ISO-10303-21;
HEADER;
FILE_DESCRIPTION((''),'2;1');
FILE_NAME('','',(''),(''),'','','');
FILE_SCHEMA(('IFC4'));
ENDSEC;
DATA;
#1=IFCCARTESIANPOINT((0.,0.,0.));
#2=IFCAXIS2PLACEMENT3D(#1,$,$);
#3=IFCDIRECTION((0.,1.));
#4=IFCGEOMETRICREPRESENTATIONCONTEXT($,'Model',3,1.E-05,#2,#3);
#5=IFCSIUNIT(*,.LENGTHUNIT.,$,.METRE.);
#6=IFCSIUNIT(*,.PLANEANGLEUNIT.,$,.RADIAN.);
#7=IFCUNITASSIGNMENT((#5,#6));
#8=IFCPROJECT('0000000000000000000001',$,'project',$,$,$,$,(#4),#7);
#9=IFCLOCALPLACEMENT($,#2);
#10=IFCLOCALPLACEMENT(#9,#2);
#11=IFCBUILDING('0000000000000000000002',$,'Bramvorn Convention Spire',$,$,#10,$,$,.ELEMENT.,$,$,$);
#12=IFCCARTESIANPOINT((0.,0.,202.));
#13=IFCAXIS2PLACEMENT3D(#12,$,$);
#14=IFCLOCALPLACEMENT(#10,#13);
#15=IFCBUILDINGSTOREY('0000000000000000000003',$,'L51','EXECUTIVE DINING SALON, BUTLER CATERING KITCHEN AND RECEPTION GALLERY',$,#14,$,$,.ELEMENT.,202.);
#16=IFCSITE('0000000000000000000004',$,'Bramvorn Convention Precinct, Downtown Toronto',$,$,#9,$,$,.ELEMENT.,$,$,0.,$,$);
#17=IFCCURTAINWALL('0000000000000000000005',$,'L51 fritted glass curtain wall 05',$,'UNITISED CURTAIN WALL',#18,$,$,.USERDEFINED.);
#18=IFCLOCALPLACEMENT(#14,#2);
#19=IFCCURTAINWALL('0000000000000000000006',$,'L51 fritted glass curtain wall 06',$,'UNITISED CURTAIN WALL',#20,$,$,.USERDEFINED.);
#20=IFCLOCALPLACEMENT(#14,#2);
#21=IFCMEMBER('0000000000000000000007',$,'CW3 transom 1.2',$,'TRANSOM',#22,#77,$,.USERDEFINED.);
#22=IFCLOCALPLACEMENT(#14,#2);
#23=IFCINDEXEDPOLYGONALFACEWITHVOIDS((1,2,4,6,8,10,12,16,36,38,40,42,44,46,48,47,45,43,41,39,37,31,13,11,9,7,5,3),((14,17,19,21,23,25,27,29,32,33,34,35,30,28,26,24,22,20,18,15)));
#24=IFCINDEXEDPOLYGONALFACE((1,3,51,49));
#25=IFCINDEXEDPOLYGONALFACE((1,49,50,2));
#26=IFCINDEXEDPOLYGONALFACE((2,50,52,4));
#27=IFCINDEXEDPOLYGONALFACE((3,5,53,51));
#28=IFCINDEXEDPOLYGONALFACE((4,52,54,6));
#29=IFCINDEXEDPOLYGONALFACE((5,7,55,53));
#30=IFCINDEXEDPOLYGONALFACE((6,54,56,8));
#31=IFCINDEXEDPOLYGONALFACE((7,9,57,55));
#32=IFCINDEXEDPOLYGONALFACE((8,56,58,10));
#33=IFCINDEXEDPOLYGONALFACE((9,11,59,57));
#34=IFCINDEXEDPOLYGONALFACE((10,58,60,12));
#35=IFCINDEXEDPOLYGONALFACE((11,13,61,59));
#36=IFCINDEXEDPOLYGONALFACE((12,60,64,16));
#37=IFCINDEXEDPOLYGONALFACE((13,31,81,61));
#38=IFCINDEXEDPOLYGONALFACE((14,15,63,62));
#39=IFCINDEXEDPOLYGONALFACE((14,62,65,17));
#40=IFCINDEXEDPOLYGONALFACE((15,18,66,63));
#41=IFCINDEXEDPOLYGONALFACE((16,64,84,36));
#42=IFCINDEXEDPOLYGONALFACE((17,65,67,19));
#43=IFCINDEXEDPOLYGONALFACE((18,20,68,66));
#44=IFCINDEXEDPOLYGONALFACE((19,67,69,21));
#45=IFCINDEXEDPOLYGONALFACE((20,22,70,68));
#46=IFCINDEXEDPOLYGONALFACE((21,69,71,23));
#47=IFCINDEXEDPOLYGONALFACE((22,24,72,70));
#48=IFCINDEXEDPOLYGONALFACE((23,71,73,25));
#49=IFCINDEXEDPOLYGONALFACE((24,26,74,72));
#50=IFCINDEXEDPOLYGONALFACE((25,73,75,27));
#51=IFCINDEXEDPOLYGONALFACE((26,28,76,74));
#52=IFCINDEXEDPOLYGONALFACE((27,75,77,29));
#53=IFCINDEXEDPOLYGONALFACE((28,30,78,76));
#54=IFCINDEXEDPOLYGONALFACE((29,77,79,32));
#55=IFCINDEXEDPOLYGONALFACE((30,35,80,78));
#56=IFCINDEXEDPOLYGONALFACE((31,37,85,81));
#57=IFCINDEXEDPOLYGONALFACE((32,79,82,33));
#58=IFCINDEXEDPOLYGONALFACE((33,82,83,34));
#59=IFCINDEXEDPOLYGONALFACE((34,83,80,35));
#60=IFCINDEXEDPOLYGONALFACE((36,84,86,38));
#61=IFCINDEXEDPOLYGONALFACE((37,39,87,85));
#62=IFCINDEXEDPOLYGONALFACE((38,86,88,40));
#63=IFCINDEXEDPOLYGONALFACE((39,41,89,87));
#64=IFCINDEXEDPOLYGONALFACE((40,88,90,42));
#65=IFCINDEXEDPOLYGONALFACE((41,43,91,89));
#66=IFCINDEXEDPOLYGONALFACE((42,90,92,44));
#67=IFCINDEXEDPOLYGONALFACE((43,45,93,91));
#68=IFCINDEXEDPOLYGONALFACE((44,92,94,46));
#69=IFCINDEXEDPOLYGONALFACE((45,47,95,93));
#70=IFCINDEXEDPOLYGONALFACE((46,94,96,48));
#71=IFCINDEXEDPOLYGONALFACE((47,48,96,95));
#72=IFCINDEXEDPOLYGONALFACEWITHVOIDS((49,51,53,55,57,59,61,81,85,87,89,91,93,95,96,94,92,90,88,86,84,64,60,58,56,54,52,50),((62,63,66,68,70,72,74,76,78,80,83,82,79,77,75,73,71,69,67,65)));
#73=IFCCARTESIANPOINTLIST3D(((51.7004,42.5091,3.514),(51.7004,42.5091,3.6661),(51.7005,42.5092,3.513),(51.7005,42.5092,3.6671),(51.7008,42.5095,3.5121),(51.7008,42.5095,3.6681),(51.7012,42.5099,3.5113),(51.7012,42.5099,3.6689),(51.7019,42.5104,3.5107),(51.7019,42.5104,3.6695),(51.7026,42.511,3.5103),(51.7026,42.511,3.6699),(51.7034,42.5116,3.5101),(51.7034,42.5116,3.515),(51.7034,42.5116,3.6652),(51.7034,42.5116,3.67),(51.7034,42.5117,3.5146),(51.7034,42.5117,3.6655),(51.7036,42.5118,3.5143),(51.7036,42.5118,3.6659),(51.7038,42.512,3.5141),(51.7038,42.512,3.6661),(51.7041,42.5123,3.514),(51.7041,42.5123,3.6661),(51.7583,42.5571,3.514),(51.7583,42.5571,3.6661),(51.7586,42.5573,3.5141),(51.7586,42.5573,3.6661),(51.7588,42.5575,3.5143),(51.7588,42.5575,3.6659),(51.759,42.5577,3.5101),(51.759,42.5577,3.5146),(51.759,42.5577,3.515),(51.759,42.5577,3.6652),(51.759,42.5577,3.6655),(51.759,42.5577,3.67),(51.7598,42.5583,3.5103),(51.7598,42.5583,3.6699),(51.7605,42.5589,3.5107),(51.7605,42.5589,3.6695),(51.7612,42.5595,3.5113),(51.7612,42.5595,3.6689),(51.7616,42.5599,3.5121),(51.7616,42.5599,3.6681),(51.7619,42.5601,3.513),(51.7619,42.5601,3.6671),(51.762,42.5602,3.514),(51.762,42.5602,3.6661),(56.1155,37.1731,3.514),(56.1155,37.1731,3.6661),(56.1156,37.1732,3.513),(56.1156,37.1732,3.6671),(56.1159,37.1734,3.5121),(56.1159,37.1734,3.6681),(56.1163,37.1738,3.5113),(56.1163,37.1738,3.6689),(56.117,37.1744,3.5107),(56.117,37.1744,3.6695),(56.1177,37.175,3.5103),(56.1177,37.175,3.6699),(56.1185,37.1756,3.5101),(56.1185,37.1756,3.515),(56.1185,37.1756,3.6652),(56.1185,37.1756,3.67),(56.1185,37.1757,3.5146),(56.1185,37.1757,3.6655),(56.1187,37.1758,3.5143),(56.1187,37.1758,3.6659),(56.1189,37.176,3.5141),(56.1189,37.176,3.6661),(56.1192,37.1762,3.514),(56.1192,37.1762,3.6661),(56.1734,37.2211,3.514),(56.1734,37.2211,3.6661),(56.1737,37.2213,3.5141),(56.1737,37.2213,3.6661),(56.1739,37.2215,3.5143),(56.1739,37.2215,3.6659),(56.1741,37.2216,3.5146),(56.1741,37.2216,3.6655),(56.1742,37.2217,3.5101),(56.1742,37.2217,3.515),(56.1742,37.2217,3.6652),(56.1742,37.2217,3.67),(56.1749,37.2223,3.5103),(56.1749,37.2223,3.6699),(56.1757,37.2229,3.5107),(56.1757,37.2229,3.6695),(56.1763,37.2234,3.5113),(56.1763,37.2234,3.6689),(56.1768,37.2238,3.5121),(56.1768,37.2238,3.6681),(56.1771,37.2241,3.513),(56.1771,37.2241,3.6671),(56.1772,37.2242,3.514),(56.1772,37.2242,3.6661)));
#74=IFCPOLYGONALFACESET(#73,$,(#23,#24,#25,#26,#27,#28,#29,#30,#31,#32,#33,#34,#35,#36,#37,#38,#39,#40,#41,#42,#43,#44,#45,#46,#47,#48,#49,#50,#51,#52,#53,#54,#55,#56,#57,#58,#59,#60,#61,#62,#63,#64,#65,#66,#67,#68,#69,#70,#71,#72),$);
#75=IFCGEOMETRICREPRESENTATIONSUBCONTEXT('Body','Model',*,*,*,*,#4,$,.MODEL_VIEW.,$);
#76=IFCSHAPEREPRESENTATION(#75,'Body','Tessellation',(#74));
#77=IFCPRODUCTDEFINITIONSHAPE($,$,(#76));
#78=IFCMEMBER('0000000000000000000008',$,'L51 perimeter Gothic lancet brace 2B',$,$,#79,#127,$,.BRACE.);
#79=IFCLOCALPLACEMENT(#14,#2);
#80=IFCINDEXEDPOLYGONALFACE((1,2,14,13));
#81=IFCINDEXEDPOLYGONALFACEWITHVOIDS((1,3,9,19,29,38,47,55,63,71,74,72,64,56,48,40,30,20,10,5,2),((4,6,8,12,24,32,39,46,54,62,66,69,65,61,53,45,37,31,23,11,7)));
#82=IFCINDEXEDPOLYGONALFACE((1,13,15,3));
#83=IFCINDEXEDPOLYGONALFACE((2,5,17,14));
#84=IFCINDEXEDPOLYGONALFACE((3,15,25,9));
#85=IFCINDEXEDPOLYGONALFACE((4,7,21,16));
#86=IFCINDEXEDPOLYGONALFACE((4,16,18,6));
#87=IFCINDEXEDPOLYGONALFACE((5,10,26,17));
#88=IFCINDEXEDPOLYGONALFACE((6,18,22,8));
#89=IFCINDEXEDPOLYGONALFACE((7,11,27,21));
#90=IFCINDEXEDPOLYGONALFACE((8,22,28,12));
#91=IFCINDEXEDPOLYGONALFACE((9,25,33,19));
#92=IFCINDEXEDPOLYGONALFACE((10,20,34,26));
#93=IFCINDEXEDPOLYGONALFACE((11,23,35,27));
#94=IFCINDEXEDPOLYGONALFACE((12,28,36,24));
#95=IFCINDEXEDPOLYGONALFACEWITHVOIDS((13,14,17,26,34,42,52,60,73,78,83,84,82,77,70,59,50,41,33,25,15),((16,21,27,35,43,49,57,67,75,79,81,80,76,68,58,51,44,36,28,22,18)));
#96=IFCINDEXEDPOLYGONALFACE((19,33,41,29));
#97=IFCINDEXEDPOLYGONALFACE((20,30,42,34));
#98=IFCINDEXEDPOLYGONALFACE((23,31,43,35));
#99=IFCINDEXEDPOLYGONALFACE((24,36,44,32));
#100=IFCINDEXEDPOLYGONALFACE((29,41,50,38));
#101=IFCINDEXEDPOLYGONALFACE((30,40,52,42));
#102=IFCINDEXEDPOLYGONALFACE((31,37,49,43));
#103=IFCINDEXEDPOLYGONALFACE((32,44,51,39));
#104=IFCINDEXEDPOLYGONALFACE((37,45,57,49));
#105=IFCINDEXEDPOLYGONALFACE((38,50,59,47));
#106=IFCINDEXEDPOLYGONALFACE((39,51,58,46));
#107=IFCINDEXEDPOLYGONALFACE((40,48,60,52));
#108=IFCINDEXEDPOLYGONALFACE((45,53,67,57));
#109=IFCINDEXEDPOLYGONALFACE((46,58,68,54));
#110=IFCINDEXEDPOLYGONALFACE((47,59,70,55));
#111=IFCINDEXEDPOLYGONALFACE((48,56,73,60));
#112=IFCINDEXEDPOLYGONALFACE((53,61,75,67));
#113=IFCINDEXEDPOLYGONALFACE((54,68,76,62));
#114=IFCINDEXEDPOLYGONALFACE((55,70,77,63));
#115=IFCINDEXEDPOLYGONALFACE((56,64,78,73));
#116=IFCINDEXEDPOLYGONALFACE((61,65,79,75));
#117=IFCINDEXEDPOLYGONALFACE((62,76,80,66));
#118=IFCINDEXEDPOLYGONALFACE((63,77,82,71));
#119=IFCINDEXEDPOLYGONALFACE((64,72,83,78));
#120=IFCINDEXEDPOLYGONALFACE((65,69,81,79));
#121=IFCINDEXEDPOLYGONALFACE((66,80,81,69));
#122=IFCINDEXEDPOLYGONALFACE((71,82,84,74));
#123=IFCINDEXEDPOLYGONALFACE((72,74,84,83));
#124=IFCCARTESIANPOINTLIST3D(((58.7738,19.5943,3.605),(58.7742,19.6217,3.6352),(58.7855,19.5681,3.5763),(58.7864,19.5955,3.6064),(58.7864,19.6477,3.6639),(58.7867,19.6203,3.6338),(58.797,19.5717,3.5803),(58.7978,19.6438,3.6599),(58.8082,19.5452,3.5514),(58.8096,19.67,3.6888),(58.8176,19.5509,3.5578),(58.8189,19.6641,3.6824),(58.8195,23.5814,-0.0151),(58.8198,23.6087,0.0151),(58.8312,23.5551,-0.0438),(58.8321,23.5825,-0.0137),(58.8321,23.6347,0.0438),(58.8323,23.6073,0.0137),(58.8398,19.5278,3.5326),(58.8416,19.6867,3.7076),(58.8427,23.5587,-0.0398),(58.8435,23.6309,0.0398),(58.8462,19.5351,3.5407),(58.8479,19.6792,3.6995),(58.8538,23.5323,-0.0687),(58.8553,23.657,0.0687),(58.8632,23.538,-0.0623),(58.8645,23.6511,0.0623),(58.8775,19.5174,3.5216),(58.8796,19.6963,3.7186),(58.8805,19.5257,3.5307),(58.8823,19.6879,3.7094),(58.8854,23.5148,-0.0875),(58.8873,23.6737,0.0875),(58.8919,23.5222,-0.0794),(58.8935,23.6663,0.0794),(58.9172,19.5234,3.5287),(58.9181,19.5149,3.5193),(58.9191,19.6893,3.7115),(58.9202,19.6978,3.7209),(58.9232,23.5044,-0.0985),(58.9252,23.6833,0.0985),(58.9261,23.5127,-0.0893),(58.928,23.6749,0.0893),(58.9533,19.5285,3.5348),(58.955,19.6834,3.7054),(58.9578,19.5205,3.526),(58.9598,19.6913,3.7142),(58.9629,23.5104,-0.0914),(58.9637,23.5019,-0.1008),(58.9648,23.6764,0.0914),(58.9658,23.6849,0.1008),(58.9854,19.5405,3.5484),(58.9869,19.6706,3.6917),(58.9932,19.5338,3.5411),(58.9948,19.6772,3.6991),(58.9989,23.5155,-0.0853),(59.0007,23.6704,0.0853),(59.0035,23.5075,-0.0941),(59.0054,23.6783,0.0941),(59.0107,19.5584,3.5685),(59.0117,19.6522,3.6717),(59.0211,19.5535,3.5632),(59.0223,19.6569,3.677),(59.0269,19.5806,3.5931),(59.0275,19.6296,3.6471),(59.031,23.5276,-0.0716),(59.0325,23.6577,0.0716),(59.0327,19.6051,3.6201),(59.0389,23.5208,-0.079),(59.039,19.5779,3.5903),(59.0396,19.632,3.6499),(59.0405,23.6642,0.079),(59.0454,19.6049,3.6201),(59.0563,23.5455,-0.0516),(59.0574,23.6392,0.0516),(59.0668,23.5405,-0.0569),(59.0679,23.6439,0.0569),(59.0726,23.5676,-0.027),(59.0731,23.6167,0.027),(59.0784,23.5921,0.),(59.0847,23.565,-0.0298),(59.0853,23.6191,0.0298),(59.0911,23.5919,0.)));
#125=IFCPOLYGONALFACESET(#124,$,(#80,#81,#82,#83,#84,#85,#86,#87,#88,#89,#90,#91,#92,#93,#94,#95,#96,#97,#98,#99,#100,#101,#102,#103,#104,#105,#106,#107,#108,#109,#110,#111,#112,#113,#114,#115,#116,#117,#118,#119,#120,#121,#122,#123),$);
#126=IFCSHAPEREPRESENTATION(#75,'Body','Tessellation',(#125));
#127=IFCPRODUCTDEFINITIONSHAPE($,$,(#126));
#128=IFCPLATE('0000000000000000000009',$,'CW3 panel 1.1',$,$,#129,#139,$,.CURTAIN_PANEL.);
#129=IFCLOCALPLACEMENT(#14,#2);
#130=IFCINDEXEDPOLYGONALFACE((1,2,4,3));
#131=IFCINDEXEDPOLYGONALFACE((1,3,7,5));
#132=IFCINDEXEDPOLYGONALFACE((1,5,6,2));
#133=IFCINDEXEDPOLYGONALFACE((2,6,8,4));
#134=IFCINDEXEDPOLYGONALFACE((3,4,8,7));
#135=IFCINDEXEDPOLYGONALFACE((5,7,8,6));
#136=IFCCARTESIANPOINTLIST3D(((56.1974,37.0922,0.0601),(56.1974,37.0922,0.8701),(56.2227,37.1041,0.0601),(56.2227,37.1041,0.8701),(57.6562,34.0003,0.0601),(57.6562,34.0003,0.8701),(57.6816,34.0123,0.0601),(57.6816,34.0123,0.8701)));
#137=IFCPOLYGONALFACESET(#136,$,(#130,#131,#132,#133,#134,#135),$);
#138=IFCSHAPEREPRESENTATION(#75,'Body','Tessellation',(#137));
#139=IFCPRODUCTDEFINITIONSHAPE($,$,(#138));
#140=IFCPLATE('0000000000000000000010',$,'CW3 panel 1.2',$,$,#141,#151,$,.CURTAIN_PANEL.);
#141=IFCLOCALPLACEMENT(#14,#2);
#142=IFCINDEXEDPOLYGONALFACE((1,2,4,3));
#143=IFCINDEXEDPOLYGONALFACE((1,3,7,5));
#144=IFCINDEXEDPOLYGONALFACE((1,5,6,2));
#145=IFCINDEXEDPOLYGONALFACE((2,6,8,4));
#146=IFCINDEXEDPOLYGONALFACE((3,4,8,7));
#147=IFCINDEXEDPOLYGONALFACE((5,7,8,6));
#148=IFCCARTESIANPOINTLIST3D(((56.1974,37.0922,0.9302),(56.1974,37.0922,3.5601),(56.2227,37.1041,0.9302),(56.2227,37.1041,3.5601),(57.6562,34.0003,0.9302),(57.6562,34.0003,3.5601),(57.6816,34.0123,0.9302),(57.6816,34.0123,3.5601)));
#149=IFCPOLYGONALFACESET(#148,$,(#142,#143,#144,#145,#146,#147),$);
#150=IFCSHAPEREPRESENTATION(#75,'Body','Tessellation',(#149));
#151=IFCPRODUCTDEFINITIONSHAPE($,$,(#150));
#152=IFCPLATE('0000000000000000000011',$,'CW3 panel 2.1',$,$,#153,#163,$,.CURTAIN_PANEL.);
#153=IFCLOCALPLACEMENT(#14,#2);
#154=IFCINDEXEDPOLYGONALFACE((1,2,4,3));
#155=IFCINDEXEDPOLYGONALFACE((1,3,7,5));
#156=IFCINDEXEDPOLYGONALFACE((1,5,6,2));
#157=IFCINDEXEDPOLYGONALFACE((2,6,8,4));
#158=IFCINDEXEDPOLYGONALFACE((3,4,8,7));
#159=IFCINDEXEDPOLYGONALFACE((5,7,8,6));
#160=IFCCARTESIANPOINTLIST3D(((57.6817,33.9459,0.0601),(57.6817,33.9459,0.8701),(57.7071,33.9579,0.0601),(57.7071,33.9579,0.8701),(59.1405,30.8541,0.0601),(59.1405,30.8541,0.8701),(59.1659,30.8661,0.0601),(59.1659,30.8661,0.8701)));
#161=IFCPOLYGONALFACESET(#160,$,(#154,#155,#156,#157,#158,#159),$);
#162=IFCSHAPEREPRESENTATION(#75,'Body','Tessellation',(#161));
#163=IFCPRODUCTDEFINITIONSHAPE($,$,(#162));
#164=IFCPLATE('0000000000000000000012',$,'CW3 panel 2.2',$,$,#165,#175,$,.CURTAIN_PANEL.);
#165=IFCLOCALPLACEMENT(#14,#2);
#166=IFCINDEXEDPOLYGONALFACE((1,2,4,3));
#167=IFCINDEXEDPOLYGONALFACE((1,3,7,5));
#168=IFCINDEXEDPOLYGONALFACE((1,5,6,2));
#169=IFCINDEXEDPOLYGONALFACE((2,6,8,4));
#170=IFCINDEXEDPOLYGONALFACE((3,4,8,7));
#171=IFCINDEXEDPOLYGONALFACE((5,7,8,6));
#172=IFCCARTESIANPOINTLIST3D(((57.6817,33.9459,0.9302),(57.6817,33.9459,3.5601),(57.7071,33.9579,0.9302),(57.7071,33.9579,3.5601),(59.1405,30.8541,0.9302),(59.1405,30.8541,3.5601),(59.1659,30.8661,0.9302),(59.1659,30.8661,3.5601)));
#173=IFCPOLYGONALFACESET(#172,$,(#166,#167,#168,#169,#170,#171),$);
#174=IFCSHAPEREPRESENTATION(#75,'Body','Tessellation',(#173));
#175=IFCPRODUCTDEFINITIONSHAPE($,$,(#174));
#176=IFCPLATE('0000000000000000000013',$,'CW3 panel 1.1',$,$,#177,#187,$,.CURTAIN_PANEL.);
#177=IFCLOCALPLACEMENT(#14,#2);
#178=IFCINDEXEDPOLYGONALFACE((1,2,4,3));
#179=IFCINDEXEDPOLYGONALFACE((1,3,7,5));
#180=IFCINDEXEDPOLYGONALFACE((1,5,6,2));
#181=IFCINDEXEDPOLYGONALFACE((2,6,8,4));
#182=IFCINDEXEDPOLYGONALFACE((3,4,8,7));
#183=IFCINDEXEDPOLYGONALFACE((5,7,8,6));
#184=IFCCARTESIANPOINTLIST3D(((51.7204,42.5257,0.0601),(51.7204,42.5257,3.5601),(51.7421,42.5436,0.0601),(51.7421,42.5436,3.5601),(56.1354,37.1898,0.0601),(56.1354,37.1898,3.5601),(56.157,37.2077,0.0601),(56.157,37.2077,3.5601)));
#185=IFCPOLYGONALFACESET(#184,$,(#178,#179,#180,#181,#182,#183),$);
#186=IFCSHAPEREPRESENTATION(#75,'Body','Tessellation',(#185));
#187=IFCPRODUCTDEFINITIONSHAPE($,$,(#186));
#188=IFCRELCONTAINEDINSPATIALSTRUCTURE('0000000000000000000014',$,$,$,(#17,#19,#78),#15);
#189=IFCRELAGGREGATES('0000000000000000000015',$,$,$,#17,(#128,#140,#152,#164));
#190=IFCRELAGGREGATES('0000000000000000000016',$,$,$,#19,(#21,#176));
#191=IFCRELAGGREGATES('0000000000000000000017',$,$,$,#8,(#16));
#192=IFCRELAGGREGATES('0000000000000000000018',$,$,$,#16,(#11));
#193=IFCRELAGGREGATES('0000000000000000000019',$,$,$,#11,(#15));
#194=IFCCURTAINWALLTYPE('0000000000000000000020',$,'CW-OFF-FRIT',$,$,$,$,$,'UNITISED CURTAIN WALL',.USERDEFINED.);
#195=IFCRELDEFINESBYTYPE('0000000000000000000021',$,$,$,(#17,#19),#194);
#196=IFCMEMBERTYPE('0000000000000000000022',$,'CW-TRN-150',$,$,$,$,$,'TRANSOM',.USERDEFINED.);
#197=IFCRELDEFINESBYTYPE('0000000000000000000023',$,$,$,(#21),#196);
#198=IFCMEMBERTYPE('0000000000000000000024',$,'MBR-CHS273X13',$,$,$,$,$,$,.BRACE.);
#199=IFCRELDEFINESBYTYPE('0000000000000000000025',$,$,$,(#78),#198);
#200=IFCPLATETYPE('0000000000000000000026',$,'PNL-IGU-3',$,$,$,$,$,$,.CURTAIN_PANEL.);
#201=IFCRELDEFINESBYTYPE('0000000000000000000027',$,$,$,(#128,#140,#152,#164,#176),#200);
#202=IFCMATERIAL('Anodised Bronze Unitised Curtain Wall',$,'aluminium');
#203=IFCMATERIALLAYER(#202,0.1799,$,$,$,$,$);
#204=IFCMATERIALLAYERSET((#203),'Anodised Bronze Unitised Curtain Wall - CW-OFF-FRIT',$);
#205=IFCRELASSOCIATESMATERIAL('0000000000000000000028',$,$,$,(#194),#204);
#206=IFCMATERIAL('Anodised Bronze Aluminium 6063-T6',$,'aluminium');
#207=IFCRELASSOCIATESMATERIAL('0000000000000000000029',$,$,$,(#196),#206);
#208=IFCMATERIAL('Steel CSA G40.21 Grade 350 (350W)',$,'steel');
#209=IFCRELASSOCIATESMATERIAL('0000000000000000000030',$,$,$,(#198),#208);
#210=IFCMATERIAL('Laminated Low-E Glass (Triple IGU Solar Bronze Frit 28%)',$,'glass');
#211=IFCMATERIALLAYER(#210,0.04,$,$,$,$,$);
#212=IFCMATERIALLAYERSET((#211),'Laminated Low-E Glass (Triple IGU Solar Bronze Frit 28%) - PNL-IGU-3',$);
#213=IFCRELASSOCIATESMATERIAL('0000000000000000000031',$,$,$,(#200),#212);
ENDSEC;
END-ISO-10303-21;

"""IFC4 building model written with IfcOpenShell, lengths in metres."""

from ifc_helpers import new_model, si_unit, direction, frame, origin, origin_2d, place, context, subcontext, project, spatial, rectangle, hollow_rectangle, hollow_circle, extrude, material, layer, layer_set, material_profile, profile_set, type_object, element, aggregate, save


model = new_model("IFC4")

# Units and contexts
model_context = context("Model", 3, precision=1e-05, world=origin(), true_north=direction((0.0, 1.0)))
body_context = subcontext(model_context, "Body", "Model", "MODEL_VIEW")
ifc_project = project(units=[si_unit("LENGTHUNIT", "METRE"), si_unit("PLANEANGLEUNIT", "RADIAN")], contexts=[model_context])

# Site, building, storey
site_placement = place(None, origin())
site = spatial("IfcSite", under=ifc_project, at=site_placement, Name="Bramvorn Convention Precinct, Downtown Toronto", CompositionType="ELEMENT", RefElevation=0.0)
building_placement = place(site_placement, origin())
building = spatial("IfcBuilding", under=site, at=building_placement, Name="Bramvorn Convention Spire", CompositionType="ELEMENT")
storey_placement = place(building_placement, frame((0.0, 0.0, 202.0)))
storey = spatial("IfcBuildingStorey", under=building, at=storey_placement, Name="L51", Description="EXECUTIVE DINING SALON, BUTLER CATERING KITCHEN AND RECEPTION GALLERY", CompositionType="ELEMENT", Elevation=202.0)

# Shared definitions
ifc_material_1 = material(Name="Steel CSA G40.21 Grade 350 (350W)", Category="steel")

# Curtain walls
ifc_material_2 = material(Name="Anodised Bronze Unitised Curtain Wall", Category="aluminium")
ifc_layer_1 = layer(ifc_material_2, 0.1799)
ifc_layer_set_1 = layer_set([ifc_layer_1], Name="Anodised Bronze Unitised Curtain Wall - CW-OFF-FRIT")
curtain_wall_type = type_object("IfcCurtainWallType", Name="CW-OFF-FRIT", ElementType="UNITISED CURTAIN WALL", PredefinedType="USERDEFINED", material=ifc_layer_set_1)
curtain_wall_1_placement = place(storey_placement, origin())
curtain_wall_1 = element("IfcCurtainWall", 1, at=curtain_wall_1_placement, inside=storey, type_object=curtain_wall_type, Name="L51 fritted glass curtain wall 05", ObjectType="UNITISED CURTAIN WALL", PredefinedType="USERDEFINED")
ifc_material_3 = material(Name="Anodised Bronze Aluminium 6063-T6", Category="aluminium")
curtain_wall_2_placement = place(storey_placement, origin())
curtain_wall_2 = element("IfcCurtainWall", 2, at=curtain_wall_2_placement, inside=storey, type_object=curtain_wall_type, Name="L51 fritted glass curtain wall 06", ObjectType="UNITISED CURTAIN WALL", PredefinedType="USERDEFINED")

# Members
ifc_material_profile_1 = material_profile(ifc_material_3, hollow_rectangle(XDim=0.0801, YDim=0.1599, WallThickness=0.0039, InnerFilletRadius=0.001, OuterFilletRadius=0.0039, at=origin_2d()))
ifc_profile_set_1 = profile_set([ifc_material_profile_1], Name="Anodised Bronze Aluminium 6063-T6 - CWT80X160")
member_type_1 = type_object("IfcMemberType", Name="CW-TRN-150", ElementType="TRANSOM", PredefinedType="USERDEFINED", material=ifc_profile_set_1)
member_1_placement = place(storey_placement, frame((51.7312, 42.5347, 3.5901), z_axis=(0.63749, -0.770459, 0.0), x_axis=(0.770459, 0.63749, 0.0)))
member_1 = element("IfcMember", 3, at=member_1_placement, type_object=member_type_1, Name="CW3 transom 1.2", ObjectType="TRANSOM", PredefinedType="USERDEFINED", context=body_context, shape_type="SweptSolid", body=[
    extrude(hollow_rectangle(XDim=0.0801, YDim=0.1599, WallThickness=0.0039, InnerFilletRadius=0.001, OuterFilletRadius=0.0039, at=origin_2d()), origin(), (0.0, 0.0, 1.0), 6.9258),
])
ifc_material_profile_2 = material_profile(ifc_material_1, hollow_circle(Radius=0.1365, WallThickness=0.0127, at=origin_2d()))
ifc_profile_set_2 = profile_set([ifc_material_profile_2], Name="Steel CSA G40.21 Grade 350 (350W) - CHS273X13")
member_type_2 = type_object("IfcMemberType", Name="MBR-CHS273X13", PredefinedType="BRACE", material=ifc_profile_set_2)
member_2_placement = place(storey_placement, frame((58.9546, 23.5935, 0.0), z_axis=(-0.008477, -0.740328, 0.672193), x_axis=(0.999934, -0.01145, 0.0)))
element("IfcMember", 4, at=member_2_placement, inside=storey, type_object=member_type_2, Name="L51 perimeter Gothic lancet brace 2B", PredefinedType="BRACE", context=body_context, shape_type="SweptSolid", body=[
    extrude(hollow_circle(Radius=0.1365, WallThickness=0.0127, at=origin_2d()), origin(), (0.0, 0.0, 1.0), 5.3855),
])

# Plates
ifc_material_4 = material(Name="Laminated Low-E Glass (Triple IGU Solar Bronze Frit 28%)", Category="glass")
ifc_layer_2 = layer(ifc_material_4, 0.04)
ifc_layer_set_2 = layer_set([ifc_layer_2], Name="Laminated Low-E Glass (Triple IGU Solar Bronze Frit 28%) - PNL-IGU-3")
plate_type = type_object("IfcPlateType", Name="PNL-IGU-3", PredefinedType="CURTAIN_PANEL", material=ifc_layer_set_2)
plate_1_placement = place(storey_placement, frame((56.9395, 35.5522, 0.0601), z_axis=(0.0, 0.0, 1.0), x_axis=(0.426714, -0.904386, 0.0)))
plate_1 = element("IfcPlate", 5, at=plate_1_placement, type_object=plate_type, Name="CW3 panel 1.1", PredefinedType="CURTAIN_PANEL", context=body_context, shape_type="SweptSolid", body=[
    extrude(rectangle(XDim=3.4187, YDim=0.0281, at=origin_2d()), origin(), (0.0, 0.0, 1.0), 0.8101),
])
plate_2_placement = place(storey_placement, frame((56.9395, 35.5522, 0.9302), z_axis=(0.0, 0.0, 1.0), x_axis=(0.426714, -0.904386, 0.0)))
plate_2 = element("IfcPlate", 6, at=plate_2_placement, type_object=plate_type, Name="CW3 panel 1.2", PredefinedType="CURTAIN_PANEL", context=body_context, shape_type="SweptSolid", body=[
    extrude(rectangle(XDim=3.4187, YDim=0.0281, at=origin_2d()), origin(), (0.0, 0.0, 1.0), 2.6299),
])
plate_3_placement = place(storey_placement, frame((58.4238, 32.406, 0.0601), z_axis=(0.0, 0.0, 1.0), x_axis=(0.426714, -0.904386, 0.0)))
plate_3 = element("IfcPlate", 7, at=plate_3_placement, type_object=plate_type, Name="CW3 panel 2.1", PredefinedType="CURTAIN_PANEL", context=body_context, shape_type="SweptSolid", body=[
    extrude(rectangle(XDim=3.4187, YDim=0.0281, at=origin_2d()), origin(), (0.0, 0.0, 1.0), 0.8101),
])
plate_4_placement = place(storey_placement, frame((58.4238, 32.406, 0.9302), z_axis=(0.0, 0.0, 1.0), x_axis=(0.426714, -0.904386, 0.0)))
plate_4 = element("IfcPlate", 8, at=plate_4_placement, type_object=plate_type, Name="CW3 panel 2.2", PredefinedType="CURTAIN_PANEL", context=body_context, shape_type="SweptSolid", body=[
    extrude(rectangle(XDim=3.4187, YDim=0.0281, at=origin_2d()), origin(), (0.0, 0.0, 1.0), 2.6299),
])
aggregate(curtain_wall_1, [plate_1, plate_2, plate_3, plate_4])
plate_5_placement = place(storey_placement, frame((53.9387, 39.8667, 0.0601), z_axis=(0.0, 0.0, 1.0), x_axis=(0.637486, -0.770462, 0.0)))
plate_5 = element("IfcPlate", 9, at=plate_5_placement, type_object=plate_type, Name="CW3 panel 1.1", PredefinedType="CURTAIN_PANEL", context=body_context, shape_type="SweptSolid", body=[
    extrude(rectangle(XDim=6.9255, YDim=0.0281, at=origin_2d()), origin(), (0.0, 0.0, 1.0), 3.5),
])
aggregate(curtain_wall_2, [member_1, plate_5])

save(model, "model.ifc")
